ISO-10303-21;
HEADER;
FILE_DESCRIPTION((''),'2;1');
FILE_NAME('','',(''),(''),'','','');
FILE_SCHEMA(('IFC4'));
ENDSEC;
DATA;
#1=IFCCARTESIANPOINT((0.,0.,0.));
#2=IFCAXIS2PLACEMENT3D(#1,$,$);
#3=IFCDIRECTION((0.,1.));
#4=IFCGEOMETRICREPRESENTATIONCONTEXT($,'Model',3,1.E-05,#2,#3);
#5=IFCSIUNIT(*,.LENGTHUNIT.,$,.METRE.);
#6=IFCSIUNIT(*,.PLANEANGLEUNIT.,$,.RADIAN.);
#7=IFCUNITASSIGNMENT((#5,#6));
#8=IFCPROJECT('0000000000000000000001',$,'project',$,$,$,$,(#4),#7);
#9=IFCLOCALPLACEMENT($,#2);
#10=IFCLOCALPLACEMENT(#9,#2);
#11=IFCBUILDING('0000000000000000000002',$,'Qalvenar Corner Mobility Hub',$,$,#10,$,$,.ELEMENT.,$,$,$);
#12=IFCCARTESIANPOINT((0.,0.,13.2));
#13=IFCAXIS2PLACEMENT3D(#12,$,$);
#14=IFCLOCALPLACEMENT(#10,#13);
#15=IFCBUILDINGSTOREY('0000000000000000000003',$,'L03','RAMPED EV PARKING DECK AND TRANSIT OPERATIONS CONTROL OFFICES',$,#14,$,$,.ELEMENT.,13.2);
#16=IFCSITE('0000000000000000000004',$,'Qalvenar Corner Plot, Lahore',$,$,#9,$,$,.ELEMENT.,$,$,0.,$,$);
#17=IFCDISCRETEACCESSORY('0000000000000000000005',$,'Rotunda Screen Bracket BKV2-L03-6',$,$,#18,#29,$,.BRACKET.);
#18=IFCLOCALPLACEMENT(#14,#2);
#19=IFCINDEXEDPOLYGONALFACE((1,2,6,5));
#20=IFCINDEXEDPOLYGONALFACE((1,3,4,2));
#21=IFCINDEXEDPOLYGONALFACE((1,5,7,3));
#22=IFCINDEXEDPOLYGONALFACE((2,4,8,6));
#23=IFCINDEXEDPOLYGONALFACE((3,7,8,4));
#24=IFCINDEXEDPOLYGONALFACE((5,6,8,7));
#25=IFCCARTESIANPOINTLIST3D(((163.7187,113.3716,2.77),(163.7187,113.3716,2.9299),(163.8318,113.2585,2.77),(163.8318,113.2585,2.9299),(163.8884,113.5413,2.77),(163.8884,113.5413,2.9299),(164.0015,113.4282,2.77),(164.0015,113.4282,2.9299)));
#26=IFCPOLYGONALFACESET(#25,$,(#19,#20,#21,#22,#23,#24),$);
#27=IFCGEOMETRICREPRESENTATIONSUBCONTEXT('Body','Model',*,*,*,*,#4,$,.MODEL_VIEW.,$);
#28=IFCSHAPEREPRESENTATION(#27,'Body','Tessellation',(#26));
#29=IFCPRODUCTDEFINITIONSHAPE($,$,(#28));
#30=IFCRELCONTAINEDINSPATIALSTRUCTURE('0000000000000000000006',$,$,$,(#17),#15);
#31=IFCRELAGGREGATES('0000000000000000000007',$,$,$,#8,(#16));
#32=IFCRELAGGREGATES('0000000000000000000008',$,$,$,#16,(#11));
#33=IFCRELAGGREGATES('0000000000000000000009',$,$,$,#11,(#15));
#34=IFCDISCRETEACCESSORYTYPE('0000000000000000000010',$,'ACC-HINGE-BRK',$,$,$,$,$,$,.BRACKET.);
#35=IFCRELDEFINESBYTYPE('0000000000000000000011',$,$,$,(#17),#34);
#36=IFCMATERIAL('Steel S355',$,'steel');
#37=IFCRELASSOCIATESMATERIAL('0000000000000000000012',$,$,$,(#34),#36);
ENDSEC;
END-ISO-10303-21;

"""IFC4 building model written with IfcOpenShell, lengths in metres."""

from ifc_helpers import new_model, si_unit, direction, frame, origin, origin_2d, place, context, subcontext, project, spatial, rectangle, extrude, material, type_object, element, save


model = new_model("IFC4")

# Units and contexts
model_context = context("Model", 3, precision=1e-05, world=origin(), true_north=direction((0.0, 1.0)))
body_context = subcontext(model_context, "Body", "Model", "MODEL_VIEW")
ifc_project = project(units=[si_unit("LENGTHUNIT", "METRE"), si_unit("PLANEANGLEUNIT", "RADIAN")], contexts=[model_context])

# Site, building, storey
site_placement = place(None, origin())
site = spatial("IfcSite", under=ifc_project, at=site_placement, Name="Qalvenar Corner Plot, Lahore", CompositionType="ELEMENT", RefElevation=0.0)
building_placement = place(site_placement, origin())
building = spatial("IfcBuilding", under=site, at=building_placement, Name="Qalvenar Corner Mobility Hub", CompositionType="ELEMENT")
storey_placement = place(building_placement, frame((0.0, 0.0, 13.2)))
storey = spatial("IfcBuildingStorey", under=building, at=storey_placement, Name="L03", Description="RAMPED EV PARKING DECK AND TRANSIT OPERATIONS CONTROL OFFICES", CompositionType="ELEMENT", Elevation=13.2)

# Shared definitions
ifc_material_1 = material(Name="Steel S355", Category="steel")

# Discrete accessory
discrete_accessory_type = type_object("IfcDiscreteAccessoryType", Name="ACC-HINGE-BRK", PredefinedType="BRACKET", material=ifc_material_1)
for number, where, z_axis, x_axis, name in (
    (1, (163.8601, 113.3999, 2.77), (0.0, 0.0, 1.0), (-0.707107, 0.707107, 0.0), "Rotunda Screen Bracket BKV2-L03-6"),
):
    element("IfcDiscreteAccessory", number, at=place(storey_placement, frame(where, z_axis=z_axis, x_axis=x_axis)), inside=storey, type_object=discrete_accessory_type, Name=name, PredefinedType="BRACKET", context=body_context, shape_type="SweptSolid", body=[
        extrude(rectangle(XDim=0.1599, YDim=0.24, at=origin_2d()), origin(), (0.0, 0.0, 1.0), 0.1599),
    ])

save(model, "model.ifc")
